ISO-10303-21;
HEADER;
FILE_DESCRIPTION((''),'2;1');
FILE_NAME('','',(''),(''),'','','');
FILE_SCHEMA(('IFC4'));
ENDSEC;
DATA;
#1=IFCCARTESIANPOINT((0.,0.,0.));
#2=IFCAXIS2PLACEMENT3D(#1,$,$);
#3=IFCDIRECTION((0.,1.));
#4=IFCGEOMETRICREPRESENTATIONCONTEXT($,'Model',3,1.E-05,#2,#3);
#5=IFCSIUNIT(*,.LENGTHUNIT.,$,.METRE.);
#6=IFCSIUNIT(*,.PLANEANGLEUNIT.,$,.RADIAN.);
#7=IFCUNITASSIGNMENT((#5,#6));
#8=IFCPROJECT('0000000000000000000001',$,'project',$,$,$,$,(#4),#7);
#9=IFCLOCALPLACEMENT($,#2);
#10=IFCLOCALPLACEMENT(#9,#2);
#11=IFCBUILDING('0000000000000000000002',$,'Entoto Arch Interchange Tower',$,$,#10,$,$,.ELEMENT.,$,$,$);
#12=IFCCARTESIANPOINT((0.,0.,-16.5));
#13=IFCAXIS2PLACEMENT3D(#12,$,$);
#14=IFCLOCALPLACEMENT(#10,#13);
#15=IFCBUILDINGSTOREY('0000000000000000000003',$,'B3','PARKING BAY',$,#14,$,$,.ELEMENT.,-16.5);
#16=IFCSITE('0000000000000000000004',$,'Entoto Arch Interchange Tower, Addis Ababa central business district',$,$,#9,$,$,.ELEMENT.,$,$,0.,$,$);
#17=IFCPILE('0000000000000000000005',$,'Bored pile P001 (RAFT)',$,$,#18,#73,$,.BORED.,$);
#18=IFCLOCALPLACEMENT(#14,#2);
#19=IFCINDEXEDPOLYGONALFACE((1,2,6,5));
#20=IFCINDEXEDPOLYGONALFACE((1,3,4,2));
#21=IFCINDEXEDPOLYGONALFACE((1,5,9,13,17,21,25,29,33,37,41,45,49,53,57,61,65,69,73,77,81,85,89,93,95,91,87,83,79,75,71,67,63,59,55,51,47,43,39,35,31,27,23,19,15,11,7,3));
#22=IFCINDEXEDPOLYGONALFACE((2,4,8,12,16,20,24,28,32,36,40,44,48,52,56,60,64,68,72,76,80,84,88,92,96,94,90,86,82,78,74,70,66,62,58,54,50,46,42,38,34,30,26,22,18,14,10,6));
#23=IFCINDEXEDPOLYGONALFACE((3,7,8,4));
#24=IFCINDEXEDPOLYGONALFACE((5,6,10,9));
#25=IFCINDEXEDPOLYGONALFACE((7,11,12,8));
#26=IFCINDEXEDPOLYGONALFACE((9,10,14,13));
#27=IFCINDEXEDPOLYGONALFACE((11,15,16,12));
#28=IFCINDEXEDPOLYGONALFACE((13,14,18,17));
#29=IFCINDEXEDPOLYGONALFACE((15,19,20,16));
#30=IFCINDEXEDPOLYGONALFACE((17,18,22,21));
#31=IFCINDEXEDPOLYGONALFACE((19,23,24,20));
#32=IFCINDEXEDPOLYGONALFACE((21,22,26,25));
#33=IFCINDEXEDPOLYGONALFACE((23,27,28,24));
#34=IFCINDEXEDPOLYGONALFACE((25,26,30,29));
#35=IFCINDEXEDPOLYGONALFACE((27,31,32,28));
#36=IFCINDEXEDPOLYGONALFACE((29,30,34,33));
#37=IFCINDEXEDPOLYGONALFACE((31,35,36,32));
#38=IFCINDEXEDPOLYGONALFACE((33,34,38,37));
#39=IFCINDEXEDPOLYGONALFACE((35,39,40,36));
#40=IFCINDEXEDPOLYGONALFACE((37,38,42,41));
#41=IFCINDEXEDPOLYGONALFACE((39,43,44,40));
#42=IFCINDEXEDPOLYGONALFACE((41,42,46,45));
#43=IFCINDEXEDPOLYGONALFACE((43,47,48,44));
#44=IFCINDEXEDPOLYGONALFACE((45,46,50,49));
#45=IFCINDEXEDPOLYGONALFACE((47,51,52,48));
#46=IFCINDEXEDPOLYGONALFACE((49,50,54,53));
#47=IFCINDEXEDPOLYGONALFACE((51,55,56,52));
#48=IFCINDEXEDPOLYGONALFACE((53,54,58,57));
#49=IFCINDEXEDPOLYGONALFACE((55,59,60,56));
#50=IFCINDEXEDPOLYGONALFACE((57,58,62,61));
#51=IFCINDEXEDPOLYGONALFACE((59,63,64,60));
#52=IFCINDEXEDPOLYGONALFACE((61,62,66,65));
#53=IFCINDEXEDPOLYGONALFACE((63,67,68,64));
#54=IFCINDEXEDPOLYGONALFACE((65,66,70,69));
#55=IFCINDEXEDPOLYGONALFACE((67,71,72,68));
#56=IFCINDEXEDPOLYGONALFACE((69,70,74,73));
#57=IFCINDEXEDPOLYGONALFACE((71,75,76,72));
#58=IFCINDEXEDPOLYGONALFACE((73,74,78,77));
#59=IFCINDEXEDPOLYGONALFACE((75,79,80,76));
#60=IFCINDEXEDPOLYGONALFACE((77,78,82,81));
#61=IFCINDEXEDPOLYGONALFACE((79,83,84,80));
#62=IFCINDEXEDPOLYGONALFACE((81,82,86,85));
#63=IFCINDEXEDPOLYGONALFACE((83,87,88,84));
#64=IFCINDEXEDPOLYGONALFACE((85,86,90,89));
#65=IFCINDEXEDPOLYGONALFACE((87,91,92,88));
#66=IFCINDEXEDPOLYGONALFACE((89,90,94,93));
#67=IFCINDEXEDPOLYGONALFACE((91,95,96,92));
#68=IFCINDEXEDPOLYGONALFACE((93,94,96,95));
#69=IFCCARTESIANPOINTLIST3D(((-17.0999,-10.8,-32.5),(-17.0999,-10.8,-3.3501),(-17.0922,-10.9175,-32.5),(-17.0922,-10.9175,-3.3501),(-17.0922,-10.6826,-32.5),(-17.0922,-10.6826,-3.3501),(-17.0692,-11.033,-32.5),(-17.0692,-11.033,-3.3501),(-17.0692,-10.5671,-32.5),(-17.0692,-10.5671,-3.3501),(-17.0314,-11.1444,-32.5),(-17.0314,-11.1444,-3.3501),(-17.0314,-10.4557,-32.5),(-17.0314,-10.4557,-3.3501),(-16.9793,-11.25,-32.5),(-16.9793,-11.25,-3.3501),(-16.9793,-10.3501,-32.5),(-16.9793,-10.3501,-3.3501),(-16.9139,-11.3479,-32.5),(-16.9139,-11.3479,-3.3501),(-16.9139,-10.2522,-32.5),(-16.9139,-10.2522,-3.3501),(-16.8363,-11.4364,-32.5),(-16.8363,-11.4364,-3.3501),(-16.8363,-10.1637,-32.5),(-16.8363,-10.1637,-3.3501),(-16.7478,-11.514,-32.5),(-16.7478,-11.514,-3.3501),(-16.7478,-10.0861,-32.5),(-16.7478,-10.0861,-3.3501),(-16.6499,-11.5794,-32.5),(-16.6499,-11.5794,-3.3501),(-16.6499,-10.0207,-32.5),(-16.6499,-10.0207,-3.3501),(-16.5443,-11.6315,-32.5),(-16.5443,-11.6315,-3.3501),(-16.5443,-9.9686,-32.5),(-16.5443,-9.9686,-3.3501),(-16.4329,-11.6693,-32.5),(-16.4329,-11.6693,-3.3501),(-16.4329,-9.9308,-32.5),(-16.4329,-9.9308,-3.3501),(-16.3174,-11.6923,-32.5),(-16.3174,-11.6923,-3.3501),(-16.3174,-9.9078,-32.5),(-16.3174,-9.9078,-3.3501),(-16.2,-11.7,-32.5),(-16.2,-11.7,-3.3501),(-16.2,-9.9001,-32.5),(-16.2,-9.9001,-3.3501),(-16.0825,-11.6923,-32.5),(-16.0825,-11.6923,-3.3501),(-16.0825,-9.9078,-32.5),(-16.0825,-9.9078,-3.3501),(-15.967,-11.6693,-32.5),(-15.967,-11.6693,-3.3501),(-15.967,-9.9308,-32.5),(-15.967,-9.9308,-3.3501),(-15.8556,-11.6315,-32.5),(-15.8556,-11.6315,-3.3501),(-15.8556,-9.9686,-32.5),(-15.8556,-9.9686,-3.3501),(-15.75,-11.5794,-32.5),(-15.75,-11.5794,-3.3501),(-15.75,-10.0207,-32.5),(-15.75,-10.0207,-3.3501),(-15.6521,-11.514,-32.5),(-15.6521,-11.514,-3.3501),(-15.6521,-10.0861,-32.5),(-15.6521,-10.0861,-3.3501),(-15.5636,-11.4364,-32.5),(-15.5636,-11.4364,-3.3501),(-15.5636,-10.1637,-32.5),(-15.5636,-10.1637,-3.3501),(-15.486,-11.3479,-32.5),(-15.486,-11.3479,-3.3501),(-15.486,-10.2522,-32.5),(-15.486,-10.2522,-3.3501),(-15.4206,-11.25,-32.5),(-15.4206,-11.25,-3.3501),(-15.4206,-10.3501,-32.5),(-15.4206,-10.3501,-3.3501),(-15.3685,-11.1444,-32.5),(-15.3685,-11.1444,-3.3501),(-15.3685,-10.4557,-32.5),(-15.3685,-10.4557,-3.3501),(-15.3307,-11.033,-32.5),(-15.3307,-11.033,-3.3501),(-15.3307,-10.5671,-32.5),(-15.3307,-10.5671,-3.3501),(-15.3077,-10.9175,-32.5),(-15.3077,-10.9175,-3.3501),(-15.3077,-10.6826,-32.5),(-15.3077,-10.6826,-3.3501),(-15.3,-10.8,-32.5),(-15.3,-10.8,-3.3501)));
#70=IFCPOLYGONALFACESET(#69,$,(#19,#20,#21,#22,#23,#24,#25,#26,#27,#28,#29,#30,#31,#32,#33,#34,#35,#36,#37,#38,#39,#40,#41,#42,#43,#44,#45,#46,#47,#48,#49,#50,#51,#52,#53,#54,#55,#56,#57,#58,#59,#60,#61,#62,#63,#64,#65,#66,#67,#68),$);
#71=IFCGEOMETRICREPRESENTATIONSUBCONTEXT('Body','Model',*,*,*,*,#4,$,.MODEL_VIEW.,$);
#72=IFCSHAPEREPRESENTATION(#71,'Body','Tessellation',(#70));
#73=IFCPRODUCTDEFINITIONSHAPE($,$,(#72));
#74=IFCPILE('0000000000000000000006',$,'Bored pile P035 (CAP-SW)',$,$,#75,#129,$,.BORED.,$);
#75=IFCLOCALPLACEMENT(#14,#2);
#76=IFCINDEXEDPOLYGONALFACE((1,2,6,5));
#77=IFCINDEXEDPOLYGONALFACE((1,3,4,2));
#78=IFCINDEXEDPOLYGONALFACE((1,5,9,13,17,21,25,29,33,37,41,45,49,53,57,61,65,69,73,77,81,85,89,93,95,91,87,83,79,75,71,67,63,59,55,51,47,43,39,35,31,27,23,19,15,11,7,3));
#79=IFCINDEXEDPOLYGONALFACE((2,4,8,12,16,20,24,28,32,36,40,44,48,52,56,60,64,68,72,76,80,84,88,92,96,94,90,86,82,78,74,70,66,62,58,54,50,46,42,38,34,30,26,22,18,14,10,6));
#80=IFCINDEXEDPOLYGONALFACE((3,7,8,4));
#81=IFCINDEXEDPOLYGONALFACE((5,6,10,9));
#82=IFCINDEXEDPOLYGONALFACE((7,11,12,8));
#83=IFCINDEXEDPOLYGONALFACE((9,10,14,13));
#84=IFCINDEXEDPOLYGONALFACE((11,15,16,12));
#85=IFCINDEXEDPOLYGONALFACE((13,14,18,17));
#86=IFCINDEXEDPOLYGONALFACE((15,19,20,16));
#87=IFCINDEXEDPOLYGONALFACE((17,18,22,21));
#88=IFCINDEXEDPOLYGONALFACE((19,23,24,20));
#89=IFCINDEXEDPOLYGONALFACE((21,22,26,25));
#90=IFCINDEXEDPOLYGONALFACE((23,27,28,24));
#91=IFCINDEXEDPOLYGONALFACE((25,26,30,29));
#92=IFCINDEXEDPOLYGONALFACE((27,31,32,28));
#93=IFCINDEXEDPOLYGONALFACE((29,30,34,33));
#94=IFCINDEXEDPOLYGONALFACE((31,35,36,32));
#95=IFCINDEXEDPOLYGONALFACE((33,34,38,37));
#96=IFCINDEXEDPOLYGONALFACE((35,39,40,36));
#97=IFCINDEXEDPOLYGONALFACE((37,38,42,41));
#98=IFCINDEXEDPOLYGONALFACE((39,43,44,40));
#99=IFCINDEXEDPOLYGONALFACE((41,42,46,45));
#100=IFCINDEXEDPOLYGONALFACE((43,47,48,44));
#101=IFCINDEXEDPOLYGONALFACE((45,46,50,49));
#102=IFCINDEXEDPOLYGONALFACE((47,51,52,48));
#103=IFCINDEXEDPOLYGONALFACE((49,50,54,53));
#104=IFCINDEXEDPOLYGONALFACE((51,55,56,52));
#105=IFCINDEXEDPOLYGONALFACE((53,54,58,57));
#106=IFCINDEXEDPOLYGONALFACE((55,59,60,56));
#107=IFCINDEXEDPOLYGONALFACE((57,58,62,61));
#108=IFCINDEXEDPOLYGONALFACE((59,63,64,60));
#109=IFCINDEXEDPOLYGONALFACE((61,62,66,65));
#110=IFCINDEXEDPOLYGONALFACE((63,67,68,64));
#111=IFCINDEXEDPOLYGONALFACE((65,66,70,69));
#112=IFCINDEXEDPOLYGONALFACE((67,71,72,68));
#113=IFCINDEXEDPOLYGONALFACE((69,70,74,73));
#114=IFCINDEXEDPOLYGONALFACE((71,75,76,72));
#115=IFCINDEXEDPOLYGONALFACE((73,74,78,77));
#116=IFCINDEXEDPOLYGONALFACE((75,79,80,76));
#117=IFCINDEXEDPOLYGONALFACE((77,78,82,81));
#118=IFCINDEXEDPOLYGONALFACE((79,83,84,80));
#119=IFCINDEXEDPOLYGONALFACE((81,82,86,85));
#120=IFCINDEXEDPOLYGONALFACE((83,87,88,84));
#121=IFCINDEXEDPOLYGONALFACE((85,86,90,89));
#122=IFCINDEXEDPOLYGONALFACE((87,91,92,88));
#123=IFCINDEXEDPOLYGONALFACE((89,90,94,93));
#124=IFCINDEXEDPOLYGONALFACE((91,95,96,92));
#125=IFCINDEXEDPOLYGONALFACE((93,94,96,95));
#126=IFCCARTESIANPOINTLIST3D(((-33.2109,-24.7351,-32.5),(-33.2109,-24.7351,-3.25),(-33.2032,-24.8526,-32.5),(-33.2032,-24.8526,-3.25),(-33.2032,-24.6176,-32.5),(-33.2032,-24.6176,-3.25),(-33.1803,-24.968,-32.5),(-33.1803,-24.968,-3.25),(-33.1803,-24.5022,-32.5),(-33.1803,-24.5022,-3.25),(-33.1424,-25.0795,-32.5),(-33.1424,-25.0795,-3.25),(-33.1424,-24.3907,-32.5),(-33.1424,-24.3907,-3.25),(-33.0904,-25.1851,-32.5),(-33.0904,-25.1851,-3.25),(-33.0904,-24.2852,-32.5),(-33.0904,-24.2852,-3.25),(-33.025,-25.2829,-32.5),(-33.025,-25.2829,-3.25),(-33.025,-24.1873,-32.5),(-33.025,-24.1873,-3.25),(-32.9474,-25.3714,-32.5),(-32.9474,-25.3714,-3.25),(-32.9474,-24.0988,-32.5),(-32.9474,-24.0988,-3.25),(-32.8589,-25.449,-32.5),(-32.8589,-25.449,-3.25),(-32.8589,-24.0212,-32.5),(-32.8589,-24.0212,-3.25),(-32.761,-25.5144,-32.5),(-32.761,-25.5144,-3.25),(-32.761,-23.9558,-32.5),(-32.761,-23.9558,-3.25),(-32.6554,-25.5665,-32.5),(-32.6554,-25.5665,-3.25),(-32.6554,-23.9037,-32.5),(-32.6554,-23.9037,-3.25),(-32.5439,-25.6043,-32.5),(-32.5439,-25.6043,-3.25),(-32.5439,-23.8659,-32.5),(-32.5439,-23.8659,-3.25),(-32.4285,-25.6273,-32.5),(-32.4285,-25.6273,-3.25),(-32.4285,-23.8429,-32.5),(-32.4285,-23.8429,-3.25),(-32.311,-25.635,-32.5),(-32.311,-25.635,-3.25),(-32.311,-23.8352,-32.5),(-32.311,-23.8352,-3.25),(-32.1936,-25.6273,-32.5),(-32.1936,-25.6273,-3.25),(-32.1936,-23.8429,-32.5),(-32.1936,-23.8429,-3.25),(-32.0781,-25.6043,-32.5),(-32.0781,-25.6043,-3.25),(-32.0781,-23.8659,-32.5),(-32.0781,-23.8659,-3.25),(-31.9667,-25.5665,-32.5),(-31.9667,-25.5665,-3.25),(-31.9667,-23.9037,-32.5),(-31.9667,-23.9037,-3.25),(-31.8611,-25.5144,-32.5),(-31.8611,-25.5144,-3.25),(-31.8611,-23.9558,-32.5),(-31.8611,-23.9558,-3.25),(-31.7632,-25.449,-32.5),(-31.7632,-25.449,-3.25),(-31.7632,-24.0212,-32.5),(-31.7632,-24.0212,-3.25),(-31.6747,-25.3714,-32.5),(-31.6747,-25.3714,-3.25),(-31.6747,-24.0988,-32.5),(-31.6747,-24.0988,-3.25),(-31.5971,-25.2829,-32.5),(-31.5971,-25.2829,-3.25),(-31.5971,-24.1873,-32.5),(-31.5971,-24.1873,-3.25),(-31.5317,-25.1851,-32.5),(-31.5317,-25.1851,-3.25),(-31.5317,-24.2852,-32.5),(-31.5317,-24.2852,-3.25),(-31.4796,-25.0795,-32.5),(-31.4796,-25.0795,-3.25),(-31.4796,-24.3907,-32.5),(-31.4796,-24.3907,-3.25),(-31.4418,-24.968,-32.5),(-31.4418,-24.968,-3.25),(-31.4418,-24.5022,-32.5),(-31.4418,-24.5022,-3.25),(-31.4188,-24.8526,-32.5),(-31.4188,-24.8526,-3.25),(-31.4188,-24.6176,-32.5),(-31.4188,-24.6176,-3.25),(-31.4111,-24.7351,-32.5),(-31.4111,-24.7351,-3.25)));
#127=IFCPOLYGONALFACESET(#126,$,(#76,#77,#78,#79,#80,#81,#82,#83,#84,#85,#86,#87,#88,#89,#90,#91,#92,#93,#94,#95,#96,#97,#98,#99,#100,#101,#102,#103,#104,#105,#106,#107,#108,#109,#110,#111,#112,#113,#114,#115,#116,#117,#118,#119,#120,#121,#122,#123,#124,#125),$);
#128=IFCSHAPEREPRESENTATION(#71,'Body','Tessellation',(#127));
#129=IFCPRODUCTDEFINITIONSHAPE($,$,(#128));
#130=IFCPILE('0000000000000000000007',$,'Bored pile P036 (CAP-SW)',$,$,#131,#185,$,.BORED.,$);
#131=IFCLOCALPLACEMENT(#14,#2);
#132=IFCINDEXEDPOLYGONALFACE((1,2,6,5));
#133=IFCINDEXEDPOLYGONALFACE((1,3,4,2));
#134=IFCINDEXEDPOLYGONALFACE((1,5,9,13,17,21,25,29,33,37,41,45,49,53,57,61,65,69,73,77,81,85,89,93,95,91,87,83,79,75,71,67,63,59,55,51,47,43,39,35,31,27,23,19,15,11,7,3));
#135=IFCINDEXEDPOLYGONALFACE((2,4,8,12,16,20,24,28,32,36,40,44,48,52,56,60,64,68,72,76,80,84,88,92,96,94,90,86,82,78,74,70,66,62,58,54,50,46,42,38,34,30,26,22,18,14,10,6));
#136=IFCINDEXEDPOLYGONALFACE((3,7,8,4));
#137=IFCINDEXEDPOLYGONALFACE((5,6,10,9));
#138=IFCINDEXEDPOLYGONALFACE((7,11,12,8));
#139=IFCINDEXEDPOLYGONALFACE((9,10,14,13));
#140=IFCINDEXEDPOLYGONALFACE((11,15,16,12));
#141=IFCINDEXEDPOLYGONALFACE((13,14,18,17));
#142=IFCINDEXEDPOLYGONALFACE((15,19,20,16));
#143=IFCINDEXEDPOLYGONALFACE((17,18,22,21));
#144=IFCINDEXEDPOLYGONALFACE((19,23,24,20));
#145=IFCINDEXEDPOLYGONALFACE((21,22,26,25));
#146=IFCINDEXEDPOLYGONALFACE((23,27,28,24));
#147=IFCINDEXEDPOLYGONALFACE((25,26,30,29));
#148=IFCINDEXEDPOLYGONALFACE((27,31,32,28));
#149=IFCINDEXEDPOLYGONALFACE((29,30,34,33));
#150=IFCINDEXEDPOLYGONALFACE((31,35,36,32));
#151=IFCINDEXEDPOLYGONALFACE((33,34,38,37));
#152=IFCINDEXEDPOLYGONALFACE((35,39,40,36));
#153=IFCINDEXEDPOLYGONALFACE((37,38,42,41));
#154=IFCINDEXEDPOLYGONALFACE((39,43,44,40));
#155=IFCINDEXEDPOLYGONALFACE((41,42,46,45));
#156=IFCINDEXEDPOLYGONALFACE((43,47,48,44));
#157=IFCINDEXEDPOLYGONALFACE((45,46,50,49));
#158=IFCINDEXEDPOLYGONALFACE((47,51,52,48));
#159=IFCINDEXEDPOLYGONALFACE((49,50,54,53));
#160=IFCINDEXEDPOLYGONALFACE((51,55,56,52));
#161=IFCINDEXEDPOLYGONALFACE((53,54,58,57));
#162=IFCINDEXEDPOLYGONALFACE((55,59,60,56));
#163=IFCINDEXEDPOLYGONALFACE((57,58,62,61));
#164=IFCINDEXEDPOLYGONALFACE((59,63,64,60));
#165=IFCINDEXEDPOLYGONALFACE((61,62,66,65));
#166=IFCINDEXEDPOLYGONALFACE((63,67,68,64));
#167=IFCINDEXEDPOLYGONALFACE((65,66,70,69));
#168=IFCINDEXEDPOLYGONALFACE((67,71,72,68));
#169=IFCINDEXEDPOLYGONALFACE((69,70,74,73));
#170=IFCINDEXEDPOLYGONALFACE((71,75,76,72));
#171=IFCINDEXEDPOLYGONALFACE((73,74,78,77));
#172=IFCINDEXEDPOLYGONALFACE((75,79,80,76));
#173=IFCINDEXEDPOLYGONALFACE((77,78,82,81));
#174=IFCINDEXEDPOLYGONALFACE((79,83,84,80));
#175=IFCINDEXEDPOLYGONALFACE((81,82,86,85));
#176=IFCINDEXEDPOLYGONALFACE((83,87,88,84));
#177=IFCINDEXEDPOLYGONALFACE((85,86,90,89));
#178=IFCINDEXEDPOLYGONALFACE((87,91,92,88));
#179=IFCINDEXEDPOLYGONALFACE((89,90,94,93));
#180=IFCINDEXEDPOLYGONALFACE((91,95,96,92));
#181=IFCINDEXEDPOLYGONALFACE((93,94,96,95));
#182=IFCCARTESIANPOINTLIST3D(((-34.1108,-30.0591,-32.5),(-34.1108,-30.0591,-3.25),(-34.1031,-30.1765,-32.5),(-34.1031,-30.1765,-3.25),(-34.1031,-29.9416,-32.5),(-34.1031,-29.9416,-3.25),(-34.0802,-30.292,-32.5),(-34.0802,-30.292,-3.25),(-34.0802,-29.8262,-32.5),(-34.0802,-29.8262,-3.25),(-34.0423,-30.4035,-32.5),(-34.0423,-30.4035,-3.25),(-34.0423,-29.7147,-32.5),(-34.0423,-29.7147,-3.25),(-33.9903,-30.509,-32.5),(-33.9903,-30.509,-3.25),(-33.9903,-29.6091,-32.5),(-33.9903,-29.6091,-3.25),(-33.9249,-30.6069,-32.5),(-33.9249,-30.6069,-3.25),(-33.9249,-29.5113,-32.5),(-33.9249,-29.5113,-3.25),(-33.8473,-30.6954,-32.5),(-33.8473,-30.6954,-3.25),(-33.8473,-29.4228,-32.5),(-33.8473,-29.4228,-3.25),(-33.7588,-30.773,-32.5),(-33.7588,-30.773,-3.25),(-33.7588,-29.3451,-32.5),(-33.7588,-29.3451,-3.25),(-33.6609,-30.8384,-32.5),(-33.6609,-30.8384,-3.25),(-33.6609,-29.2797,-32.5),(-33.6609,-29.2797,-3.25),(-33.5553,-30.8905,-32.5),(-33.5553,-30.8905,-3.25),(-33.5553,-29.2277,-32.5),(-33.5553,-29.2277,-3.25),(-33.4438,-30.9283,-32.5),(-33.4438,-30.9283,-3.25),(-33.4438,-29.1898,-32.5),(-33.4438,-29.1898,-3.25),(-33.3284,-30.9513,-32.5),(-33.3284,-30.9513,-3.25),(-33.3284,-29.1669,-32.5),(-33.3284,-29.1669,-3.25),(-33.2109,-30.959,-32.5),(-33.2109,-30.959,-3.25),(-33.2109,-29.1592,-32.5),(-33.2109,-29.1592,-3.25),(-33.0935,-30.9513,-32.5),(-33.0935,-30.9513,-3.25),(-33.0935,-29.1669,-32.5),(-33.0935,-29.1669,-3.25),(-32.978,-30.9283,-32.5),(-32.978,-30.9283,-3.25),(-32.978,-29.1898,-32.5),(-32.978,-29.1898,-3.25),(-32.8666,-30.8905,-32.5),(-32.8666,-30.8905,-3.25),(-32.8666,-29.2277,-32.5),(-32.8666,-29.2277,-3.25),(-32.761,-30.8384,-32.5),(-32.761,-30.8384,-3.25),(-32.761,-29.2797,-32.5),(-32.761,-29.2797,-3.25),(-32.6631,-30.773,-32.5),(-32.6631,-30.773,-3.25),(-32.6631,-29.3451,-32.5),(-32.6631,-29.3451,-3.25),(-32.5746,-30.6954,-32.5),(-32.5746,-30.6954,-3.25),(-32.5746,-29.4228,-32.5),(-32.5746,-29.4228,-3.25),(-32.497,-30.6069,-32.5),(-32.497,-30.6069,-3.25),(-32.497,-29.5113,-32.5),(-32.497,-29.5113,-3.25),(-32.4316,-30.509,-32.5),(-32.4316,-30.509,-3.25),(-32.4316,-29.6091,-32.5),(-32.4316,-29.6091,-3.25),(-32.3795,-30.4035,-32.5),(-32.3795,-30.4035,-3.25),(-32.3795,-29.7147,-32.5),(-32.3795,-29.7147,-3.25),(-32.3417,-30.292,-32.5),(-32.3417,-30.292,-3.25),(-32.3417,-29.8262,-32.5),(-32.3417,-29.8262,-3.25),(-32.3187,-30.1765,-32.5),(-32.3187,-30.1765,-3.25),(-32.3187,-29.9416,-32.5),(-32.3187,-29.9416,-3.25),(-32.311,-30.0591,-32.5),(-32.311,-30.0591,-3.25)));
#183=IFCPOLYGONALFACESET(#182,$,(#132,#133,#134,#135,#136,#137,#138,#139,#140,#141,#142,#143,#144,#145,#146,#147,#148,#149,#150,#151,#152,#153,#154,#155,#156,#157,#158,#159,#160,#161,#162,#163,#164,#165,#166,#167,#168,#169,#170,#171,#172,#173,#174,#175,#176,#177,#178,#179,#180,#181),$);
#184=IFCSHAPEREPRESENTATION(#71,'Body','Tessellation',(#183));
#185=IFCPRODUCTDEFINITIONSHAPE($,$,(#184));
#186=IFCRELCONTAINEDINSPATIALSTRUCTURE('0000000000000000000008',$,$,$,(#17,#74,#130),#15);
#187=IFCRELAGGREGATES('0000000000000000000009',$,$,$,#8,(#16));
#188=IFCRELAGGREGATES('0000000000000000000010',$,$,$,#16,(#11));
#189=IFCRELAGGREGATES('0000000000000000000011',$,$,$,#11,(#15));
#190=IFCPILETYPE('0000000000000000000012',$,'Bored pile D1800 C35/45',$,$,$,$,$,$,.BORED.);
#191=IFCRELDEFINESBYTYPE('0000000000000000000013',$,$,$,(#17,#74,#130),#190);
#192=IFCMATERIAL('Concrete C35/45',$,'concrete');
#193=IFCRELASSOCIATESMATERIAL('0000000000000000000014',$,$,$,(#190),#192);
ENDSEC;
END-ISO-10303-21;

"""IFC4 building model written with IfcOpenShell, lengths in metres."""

from ifc_helpers import new_model, si_unit, direction, frame, origin, origin_2d, place, context, subcontext, project, spatial, circle, extrude, material, material_profile, profile_set, type_object, element, save


model = new_model("IFC4")

# Units and contexts
model_context = context("Model", 3, precision=1e-05, world=origin(), true_north=direction((0.0, 1.0)))
body_context = subcontext(model_context, "Body", "Model", "MODEL_VIEW")
ifc_project = project(units=[si_unit("LENGTHUNIT", "METRE"), si_unit("PLANEANGLEUNIT", "RADIAN")], contexts=[model_context])

# Site, building, storey
site_placement = place(None, origin())
site = spatial("IfcSite", under=ifc_project, at=site_placement, Name="Entoto Arch Interchange Tower, Addis Ababa central business district", CompositionType="ELEMENT", RefElevation=0.0)
building_placement = place(site_placement, origin())
building = spatial("IfcBuilding", under=site, at=building_placement, Name="Entoto Arch Interchange Tower", CompositionType="ELEMENT")
storey_placement = place(building_placement, frame((0.0, 0.0, -16.5)))
storey = spatial("IfcBuildingStorey", under=building, at=storey_placement, Name="B3", Description="PARKING BAY", CompositionType="ELEMENT", Elevation=-16.5)

# Piles
ifc_material_1 = material(Name="Concrete C35/45", Category="concrete")
ifc_material_profile_1 = material_profile(ifc_material_1, circle(Radius=0.8999, at=origin_2d()))
ifc_profile_set_1 = profile_set([ifc_material_profile_1], Name="Concrete C35/45")
pile_type = type_object("IfcPileType", Name="Bored pile D1800 C35/45", PredefinedType="BORED", material=ifc_profile_set_1)
pile_placement = place(storey_placement, frame((-16.2, -10.8, -3.3501), z_axis=(0.0, 0.0, -1.0), x_axis=(1.0, 0.0, 0.0)))
element("IfcPile", 1, at=pile_placement, inside=storey, type_object=pile_type, Name="Bored pile P001 (RAFT)", PredefinedType="BORED", context=body_context, shape_type="SweptSolid", body=[
    extrude(circle(Radius=0.8999, at=origin_2d()), origin(), (0.0, 0.0, 1.0), 29.1499),
])
for number, where, z_axis, x_axis, name in (
    (2, (-32.311, -24.7351, -3.25), (0.0, 0.0, -1.0), (1.0, 0.0, 0.0), "Bored pile P035 (CAP-SW)"),
    (3, (-33.2109, -30.0591, -3.25), (0.0, 0.0, -1.0), (1.0, 0.0, 0.0), "Bored pile P036 (CAP-SW)"),
):
    element("IfcPile", number, at=place(storey_placement, frame(where, z_axis=z_axis, x_axis=x_axis)), inside=storey, type_object=pile_type, Name=name, PredefinedType="BORED", context=body_context, shape_type="SweptSolid", body=[
        extrude(circle(Radius=0.8999, at=origin_2d()), origin(), (0.0, 0.0, 1.0), 29.25),
    ])

save(model, "model.ifc")
